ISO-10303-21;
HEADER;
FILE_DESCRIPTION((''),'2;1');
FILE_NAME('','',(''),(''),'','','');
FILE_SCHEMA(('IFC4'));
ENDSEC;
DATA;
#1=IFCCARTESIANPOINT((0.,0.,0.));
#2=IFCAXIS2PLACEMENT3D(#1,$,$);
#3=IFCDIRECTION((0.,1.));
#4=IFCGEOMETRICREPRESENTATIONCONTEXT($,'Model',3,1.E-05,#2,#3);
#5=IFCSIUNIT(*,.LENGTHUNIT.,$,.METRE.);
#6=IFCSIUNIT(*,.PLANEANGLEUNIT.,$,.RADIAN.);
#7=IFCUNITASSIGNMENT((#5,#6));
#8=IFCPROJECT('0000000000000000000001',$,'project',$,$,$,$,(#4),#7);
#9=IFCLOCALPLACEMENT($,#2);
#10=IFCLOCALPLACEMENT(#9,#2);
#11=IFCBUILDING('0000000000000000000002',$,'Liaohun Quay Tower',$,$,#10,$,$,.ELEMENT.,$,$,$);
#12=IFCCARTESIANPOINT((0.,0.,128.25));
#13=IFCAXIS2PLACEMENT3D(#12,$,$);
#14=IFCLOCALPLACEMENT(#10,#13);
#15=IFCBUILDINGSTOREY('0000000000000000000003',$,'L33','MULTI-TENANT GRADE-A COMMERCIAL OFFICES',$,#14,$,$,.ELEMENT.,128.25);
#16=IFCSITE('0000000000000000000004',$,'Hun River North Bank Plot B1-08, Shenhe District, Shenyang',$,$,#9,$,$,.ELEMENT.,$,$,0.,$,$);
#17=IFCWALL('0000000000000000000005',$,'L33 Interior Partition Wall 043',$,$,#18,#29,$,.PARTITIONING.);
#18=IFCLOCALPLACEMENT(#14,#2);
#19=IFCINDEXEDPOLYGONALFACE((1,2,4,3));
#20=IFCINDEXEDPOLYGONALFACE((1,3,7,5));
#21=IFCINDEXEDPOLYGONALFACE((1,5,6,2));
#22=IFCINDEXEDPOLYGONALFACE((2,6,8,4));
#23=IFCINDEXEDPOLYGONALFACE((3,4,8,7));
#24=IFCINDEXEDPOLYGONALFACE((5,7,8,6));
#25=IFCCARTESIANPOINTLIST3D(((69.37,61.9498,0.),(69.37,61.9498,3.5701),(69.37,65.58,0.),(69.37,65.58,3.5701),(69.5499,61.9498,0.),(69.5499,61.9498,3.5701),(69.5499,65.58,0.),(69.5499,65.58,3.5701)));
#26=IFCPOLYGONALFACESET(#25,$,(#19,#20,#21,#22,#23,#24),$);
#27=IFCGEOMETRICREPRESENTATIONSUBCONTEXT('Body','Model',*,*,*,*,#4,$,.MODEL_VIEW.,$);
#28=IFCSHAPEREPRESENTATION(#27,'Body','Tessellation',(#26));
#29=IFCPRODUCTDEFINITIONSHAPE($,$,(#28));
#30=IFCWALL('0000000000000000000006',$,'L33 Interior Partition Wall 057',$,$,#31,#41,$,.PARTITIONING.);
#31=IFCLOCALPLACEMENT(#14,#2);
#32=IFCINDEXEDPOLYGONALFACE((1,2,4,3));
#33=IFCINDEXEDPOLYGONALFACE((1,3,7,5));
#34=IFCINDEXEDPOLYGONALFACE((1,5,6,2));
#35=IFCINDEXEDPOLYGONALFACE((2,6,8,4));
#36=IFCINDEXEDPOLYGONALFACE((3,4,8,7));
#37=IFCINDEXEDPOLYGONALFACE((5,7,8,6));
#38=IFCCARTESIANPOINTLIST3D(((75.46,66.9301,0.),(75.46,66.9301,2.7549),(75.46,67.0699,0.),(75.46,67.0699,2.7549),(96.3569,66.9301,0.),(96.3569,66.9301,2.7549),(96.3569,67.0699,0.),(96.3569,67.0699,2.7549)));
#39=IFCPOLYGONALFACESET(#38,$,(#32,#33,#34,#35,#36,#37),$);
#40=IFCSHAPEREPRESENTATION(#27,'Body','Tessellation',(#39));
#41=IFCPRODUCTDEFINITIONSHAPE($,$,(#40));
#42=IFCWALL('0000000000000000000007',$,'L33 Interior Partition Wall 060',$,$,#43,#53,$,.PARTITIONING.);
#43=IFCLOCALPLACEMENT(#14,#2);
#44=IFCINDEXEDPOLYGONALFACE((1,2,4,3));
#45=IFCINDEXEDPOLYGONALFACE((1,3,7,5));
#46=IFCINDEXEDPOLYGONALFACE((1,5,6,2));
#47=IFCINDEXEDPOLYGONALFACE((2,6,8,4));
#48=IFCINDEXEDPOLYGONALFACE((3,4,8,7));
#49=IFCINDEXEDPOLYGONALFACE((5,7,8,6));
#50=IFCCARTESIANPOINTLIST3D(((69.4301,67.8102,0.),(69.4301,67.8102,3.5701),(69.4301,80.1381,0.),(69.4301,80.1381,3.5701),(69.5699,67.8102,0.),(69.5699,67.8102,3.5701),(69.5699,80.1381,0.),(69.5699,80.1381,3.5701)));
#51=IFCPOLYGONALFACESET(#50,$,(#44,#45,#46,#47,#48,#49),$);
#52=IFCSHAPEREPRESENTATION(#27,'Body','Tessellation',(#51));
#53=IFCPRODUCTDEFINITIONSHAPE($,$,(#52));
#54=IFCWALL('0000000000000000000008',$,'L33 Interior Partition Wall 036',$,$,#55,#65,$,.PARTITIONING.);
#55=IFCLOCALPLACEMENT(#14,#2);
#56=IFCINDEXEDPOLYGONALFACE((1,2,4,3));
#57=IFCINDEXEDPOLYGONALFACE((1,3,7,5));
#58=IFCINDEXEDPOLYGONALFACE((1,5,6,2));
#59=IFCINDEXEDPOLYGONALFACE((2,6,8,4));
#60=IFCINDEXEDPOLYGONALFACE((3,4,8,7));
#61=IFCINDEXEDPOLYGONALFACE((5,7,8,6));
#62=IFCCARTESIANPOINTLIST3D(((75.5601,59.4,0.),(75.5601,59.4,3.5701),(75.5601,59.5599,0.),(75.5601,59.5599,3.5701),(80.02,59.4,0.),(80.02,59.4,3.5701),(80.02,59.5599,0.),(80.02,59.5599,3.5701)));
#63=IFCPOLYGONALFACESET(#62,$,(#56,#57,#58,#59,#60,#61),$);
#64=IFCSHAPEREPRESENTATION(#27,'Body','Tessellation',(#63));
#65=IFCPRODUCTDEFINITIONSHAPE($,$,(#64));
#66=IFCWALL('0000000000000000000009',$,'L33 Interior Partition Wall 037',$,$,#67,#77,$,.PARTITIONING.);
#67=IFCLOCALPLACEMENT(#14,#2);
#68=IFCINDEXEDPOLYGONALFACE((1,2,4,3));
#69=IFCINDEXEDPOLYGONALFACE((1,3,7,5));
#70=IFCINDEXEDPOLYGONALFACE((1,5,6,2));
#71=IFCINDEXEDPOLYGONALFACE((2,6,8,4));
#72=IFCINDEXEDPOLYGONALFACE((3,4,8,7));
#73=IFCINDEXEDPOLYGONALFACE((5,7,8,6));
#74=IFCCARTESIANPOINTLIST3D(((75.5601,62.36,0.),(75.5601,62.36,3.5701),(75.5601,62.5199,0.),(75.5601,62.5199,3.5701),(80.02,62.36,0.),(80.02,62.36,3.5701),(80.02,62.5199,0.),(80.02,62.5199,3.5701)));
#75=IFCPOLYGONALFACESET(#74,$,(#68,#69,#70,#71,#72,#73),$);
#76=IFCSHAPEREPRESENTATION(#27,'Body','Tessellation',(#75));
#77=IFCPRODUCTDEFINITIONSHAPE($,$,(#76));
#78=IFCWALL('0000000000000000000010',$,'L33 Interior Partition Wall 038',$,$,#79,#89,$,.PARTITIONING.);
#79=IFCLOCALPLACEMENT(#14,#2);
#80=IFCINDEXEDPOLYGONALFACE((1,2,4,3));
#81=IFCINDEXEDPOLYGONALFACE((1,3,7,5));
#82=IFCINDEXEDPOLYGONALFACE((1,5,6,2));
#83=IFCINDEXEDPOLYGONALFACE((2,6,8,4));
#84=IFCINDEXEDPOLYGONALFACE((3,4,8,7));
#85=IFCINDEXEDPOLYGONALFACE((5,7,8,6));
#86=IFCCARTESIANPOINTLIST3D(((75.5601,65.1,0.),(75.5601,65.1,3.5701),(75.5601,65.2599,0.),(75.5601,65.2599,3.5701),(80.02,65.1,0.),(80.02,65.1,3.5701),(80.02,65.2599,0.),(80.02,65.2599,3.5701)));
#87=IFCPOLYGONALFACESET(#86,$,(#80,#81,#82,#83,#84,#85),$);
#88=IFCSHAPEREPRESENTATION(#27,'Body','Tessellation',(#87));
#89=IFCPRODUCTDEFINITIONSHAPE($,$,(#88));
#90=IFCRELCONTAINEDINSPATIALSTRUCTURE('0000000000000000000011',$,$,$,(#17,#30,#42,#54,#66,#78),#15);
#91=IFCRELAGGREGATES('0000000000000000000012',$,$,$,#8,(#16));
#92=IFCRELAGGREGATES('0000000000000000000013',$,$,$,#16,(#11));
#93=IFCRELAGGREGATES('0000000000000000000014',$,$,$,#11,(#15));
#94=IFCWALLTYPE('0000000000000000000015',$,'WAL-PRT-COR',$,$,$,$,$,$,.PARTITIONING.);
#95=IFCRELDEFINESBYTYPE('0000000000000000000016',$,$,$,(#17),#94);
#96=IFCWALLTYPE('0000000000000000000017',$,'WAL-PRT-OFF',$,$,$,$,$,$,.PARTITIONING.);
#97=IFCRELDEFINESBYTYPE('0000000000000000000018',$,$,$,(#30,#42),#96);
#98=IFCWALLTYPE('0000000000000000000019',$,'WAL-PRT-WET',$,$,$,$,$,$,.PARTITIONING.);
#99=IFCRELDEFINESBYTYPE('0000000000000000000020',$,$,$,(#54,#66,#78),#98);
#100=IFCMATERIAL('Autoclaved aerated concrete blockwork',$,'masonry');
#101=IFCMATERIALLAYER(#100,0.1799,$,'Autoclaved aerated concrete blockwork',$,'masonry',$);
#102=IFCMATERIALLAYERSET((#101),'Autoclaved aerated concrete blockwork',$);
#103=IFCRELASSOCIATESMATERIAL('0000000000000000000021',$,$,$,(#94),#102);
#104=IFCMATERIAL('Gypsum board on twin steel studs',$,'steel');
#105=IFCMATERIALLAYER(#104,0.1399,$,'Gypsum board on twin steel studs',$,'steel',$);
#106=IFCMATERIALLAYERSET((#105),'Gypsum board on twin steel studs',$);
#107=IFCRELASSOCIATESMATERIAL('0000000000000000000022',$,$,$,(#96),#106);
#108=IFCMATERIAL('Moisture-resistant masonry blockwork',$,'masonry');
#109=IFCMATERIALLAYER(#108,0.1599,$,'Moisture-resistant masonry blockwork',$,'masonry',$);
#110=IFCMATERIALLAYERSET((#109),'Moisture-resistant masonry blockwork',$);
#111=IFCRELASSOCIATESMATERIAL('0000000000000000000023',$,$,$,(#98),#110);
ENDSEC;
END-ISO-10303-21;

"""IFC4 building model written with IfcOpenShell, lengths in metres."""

from ifc_helpers import new_model, si_unit, direction, frame, frame_2d, origin, place, context, subcontext, project, spatial, rectangle, extrude, material, layer, layer_set, type_object, element, save


model = new_model("IFC4")

# Units and contexts
model_context = context("Model", 3, precision=1e-05, world=origin(), true_north=direction((0.0, 1.0)))
body_context = subcontext(model_context, "Body", "Model", "MODEL_VIEW")
ifc_project = project(units=[si_unit("LENGTHUNIT", "METRE"), si_unit("PLANEANGLEUNIT", "RADIAN")], contexts=[model_context])

# Site, building, storey
site_placement = place(None, origin())
site = spatial("IfcSite", under=ifc_project, at=site_placement, Name="Hun River North Bank Plot B1-08, Shenhe District, Shenyang", CompositionType="ELEMENT", RefElevation=0.0)
building_placement = place(site_placement, origin())
building = spatial("IfcBuilding", under=site, at=building_placement, Name="Liaohun Quay Tower", CompositionType="ELEMENT")
storey_placement = place(building_placement, frame((0.0, 0.0, 128.25)))
storey = spatial("IfcBuildingStorey", under=building, at=storey_placement, Name="L33", Description="MULTI-TENANT GRADE-A COMMERCIAL OFFICES", CompositionType="ELEMENT", Elevation=128.25)

# Shared definitions
ifc_material_1 = material(Name="Autoclaved aerated concrete blockwork", Category="masonry")
ifc_layer_1 = layer(ifc_material_1, 0.1799, Name="Autoclaved aerated concrete blockwork", Category="masonry")
ifc_layer_set_1 = layer_set([ifc_layer_1], Name="Autoclaved aerated concrete blockwork")
wall_type_1 = type_object("IfcWallType", Name="WAL-PRT-COR", PredefinedType="PARTITIONING", material=ifc_layer_set_1)

# Walls
wall_1_placement = place(storey_placement, frame((69.46, 61.95, 0.0), z_axis=(0.0, 0.0, 1.0), x_axis=(0.0, 1.0, 0.0)))
element("IfcWall", 1, at=wall_1_placement, inside=storey, type_object=wall_type_1, Name="L33 Interior Partition Wall 043", PredefinedType="PARTITIONING", context=body_context, shape_type="SweptSolid", body=[
    extrude(rectangle(XDim=3.6301, YDim=0.1799, at=frame_2d((1.8149, 0.0))), origin(), (0.0, 0.0, 1.0), 3.5701),
])
ifc_material_2 = material(Name="Gypsum board on twin steel studs", Category="steel")
ifc_layer_2 = layer(ifc_material_2, 0.1399, Name="Gypsum board on twin steel studs", Category="steel")
ifc_layer_set_2 = layer_set([ifc_layer_2], Name="Gypsum board on twin steel studs")
wall_type_2 = type_object("IfcWallType", Name="WAL-PRT-OFF", PredefinedType="PARTITIONING", material=ifc_layer_set_2)
wall_2_placement = place(storey_placement, frame((75.46, 67.0, 0.0), z_axis=(0.0, 0.0, 1.0), x_axis=(1.0, 0.0, 0.0)))
element("IfcWall", 2, at=wall_2_placement, inside=storey, type_object=wall_type_2, Name="L33 Interior Partition Wall 057", PredefinedType="PARTITIONING", context=body_context, shape_type="SweptSolid", body=[
    extrude(rectangle(XDim=20.897, YDim=0.1399, at=frame_2d((10.4485, 0.0))), origin(), (0.0, 0.0, 1.0), 2.7549),
])
wall_3_placement = place(storey_placement, frame((69.5, 67.8101, 0.0), z_axis=(0.0, 0.0, 1.0), x_axis=(0.0, 1.0, 0.0)))
element("IfcWall", 3, at=wall_3_placement, inside=storey, type_object=wall_type_2, Name="L33 Interior Partition Wall 060", PredefinedType="PARTITIONING", context=body_context, shape_type="SweptSolid", body=[
    extrude(rectangle(XDim=12.3279, YDim=0.1399, at=frame_2d((6.1641, 0.0))), origin(), (0.0, 0.0, 1.0), 3.5701),
])

# Shared definitions
ifc_material_3 = material(Name="Moisture-resistant masonry blockwork", Category="masonry")
ifc_layer_3 = layer(ifc_material_3, 0.1599, Name="Moisture-resistant masonry blockwork", Category="masonry")
ifc_layer_set_3 = layer_set([ifc_layer_3], Name="Moisture-resistant masonry blockwork")
wall_type_3 = type_object("IfcWallType", Name="WAL-PRT-WET", PredefinedType="PARTITIONING", material=ifc_layer_set_3)

# Walls
for number, where, z_axis, x_axis, name in (
    (4, (75.5601, 59.48, 0.0), (0.0, 0.0, 1.0), (1.0, 0.0, 0.0), "L33 Interior Partition Wall 036"),
    (5, (75.5601, 62.4399, 0.0), (0.0, 0.0, 1.0), (1.0, 0.0, 0.0), "L33 Interior Partition Wall 037"),
    (6, (75.5601, 65.1799, 0.0), (0.0, 0.0, 1.0), (1.0, 0.0, 0.0), "L33 Interior Partition Wall 038"),
):
    element("IfcWall", number, at=place(storey_placement, frame(where, z_axis=z_axis, x_axis=x_axis)), inside=storey, type_object=wall_type_3, Name=name, PredefinedType="PARTITIONING", context=body_context, shape_type="SweptSolid", body=[
        extrude(rectangle(XDim=4.46, YDim=0.1599, at=frame_2d((2.23, 0.0))), origin(), (0.0, 0.0, 1.0), 3.5701),
    ])

save(model, "model.ifc")
